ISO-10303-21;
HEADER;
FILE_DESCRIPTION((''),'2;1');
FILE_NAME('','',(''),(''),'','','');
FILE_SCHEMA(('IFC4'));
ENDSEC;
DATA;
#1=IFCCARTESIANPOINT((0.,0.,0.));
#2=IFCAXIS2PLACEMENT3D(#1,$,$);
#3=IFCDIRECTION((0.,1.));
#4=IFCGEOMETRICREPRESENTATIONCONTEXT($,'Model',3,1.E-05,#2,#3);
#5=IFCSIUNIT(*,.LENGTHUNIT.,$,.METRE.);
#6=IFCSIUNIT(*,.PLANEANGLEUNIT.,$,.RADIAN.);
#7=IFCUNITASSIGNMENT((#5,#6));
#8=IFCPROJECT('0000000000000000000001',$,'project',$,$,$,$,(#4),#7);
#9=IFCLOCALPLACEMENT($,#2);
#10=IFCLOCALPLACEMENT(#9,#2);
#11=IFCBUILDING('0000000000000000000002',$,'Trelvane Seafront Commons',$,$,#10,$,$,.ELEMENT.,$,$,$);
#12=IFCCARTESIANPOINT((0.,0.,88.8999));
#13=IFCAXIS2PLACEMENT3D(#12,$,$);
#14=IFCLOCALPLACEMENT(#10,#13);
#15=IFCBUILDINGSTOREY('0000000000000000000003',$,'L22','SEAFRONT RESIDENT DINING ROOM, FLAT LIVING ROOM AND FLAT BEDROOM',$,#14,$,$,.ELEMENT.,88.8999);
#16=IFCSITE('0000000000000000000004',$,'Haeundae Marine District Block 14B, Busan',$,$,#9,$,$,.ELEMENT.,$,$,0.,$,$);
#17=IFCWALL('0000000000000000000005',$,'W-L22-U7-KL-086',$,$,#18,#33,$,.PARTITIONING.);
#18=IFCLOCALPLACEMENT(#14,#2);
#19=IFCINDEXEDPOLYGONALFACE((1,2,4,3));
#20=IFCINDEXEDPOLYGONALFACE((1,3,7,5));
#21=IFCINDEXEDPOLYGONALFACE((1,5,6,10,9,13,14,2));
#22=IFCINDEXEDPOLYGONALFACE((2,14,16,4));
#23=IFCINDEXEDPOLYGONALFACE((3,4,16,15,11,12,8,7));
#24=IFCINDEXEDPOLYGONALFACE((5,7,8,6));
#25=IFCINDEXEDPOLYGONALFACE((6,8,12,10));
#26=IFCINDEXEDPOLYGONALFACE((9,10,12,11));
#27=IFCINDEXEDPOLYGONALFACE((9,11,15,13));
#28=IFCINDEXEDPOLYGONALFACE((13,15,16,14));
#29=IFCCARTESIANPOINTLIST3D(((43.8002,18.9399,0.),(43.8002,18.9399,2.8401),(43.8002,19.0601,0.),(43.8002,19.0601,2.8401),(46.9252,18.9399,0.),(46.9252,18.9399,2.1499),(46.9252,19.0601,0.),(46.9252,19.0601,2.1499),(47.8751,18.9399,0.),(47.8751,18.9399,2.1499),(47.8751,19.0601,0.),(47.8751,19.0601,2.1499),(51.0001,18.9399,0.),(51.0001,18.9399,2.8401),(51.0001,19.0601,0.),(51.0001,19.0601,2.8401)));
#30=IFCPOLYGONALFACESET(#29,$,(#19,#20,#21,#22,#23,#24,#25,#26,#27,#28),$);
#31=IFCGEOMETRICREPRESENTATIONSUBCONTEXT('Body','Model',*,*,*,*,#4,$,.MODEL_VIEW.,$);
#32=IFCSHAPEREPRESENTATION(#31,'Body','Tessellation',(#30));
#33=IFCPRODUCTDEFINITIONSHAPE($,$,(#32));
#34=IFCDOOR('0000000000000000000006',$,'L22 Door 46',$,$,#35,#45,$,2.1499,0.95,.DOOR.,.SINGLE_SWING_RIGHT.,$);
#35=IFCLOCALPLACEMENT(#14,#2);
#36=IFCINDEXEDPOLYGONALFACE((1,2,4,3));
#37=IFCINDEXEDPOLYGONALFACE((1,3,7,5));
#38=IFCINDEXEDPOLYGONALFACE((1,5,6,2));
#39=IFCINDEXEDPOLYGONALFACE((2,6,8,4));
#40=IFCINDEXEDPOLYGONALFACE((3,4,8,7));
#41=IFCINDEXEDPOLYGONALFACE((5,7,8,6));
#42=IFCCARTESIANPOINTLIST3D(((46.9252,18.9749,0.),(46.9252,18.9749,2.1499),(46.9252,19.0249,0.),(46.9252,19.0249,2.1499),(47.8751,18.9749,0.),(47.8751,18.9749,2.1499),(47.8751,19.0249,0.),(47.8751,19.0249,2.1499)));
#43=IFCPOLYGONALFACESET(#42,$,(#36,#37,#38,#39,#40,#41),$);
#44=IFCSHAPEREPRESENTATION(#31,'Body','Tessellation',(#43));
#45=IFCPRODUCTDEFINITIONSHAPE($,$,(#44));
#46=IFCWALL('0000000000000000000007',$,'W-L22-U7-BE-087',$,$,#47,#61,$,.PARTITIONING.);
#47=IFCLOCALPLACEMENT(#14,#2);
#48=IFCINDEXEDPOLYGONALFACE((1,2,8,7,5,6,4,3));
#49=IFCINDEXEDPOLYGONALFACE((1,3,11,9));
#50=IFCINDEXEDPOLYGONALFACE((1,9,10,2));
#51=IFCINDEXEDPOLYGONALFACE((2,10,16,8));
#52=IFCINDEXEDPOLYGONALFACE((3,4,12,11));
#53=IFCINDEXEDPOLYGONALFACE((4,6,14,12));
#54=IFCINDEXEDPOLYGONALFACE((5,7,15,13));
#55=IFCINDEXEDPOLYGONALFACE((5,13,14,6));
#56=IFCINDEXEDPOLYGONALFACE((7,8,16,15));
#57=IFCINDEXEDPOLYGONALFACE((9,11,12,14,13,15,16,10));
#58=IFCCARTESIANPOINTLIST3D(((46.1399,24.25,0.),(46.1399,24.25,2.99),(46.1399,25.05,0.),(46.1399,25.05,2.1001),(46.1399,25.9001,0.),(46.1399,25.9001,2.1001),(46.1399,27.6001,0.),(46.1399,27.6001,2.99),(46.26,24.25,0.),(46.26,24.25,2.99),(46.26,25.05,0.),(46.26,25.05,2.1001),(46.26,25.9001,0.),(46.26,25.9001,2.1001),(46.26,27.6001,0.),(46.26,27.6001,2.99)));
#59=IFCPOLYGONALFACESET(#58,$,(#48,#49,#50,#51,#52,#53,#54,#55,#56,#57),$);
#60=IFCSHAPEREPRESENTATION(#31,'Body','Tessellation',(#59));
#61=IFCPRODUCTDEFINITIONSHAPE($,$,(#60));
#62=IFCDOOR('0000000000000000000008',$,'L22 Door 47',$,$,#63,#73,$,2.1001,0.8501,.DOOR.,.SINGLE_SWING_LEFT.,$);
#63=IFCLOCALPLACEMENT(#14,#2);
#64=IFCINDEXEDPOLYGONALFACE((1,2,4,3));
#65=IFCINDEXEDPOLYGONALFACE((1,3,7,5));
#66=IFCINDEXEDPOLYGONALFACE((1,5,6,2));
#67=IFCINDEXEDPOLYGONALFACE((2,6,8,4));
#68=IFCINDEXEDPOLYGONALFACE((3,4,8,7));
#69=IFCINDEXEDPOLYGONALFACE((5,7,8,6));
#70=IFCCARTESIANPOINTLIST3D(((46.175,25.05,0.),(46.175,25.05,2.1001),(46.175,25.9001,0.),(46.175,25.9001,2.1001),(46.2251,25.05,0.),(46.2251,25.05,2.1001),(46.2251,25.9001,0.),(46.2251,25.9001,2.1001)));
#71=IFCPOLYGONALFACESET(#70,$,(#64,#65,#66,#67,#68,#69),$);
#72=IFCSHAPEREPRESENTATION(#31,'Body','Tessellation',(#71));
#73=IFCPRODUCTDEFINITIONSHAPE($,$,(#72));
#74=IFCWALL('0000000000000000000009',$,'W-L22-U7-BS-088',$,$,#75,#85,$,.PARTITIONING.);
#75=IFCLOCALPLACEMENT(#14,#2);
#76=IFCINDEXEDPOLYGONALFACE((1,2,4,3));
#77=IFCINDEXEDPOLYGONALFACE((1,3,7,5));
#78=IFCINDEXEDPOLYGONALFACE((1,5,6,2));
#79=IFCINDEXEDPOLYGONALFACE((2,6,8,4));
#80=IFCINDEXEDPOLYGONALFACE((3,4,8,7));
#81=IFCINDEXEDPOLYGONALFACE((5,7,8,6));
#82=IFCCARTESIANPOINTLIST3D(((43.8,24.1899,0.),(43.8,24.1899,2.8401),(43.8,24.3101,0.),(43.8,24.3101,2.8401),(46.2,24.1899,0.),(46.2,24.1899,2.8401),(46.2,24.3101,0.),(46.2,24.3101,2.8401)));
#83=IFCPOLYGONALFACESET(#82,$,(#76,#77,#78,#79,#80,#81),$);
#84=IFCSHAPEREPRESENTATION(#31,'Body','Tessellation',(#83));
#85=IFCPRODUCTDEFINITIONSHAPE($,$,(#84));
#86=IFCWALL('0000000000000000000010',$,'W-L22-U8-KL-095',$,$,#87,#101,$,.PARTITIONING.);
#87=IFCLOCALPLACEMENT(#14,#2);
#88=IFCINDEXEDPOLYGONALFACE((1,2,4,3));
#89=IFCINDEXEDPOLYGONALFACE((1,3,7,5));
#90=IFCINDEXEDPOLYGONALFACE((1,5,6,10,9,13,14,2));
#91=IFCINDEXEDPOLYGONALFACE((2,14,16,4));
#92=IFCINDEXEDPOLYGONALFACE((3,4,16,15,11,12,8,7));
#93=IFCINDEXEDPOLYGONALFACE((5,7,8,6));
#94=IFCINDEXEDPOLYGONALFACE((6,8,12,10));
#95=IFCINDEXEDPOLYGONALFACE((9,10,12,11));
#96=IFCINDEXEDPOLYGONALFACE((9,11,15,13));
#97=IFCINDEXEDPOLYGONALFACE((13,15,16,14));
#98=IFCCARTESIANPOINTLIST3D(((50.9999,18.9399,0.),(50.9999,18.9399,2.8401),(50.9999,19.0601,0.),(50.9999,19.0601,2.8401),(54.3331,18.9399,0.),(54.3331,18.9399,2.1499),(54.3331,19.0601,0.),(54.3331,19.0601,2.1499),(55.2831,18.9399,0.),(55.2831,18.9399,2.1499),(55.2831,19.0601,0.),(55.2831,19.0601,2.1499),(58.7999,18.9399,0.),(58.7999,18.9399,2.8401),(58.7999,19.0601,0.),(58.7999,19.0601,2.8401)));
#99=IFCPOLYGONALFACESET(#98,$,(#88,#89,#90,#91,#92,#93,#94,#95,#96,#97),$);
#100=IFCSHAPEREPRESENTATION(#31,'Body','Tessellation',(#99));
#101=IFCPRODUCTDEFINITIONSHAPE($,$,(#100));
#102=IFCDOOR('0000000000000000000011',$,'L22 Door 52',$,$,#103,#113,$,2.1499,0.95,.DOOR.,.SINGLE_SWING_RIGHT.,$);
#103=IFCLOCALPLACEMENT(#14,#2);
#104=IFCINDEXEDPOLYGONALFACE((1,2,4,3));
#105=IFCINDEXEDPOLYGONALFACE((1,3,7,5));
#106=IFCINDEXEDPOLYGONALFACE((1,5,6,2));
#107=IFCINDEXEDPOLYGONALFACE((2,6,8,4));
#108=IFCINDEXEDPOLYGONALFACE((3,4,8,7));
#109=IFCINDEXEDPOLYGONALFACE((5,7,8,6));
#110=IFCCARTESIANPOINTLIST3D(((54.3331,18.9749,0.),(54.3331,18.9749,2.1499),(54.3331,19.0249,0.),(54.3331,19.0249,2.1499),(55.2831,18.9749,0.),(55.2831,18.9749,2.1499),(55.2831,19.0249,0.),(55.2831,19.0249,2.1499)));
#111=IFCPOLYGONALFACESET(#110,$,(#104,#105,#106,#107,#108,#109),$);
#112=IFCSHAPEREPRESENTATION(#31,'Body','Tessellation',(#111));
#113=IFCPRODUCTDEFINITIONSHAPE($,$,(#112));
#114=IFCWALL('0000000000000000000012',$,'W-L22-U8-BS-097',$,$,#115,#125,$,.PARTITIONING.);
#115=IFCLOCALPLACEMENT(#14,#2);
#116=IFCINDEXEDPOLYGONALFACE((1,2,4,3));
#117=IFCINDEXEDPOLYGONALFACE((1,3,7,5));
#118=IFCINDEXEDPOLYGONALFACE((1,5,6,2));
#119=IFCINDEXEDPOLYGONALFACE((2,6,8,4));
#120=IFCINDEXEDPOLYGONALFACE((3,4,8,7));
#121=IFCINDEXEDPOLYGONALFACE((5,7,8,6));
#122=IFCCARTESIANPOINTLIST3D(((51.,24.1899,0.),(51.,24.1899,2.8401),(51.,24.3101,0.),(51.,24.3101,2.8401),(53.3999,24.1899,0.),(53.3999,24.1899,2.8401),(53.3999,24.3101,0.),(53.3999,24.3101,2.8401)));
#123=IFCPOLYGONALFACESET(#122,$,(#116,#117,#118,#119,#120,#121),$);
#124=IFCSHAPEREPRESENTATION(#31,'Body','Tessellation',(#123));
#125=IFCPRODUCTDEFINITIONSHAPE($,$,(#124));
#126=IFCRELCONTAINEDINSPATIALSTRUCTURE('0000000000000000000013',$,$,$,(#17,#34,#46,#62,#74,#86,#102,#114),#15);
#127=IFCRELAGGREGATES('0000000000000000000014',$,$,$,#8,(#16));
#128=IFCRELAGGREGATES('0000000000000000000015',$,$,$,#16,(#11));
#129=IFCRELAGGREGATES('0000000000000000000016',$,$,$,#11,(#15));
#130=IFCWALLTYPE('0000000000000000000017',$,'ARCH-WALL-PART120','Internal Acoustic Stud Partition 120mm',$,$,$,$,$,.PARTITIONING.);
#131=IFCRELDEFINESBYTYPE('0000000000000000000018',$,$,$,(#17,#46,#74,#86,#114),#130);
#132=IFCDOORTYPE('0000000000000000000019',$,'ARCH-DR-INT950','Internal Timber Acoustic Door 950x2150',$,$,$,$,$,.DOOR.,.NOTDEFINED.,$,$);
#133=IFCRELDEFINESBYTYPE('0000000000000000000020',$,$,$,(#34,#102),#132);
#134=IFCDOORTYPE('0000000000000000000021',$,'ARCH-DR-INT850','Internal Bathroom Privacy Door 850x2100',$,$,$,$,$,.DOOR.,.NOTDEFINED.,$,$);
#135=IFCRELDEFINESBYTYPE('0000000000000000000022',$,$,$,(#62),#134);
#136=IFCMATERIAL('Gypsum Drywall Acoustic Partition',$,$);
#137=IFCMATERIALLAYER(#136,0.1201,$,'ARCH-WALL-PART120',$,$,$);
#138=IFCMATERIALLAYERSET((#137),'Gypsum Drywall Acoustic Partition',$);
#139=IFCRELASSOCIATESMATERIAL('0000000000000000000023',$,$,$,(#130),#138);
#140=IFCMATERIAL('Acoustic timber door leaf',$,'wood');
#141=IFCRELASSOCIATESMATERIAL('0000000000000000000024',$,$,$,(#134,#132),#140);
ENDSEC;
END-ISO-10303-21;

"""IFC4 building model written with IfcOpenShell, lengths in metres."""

from ifc_helpers import new_model, si_unit, direction, frame, frame_2d, origin, place, context, subcontext, project, spatial, rectangle, extrude, source, transform, mapped, material, layer, layer_set, type_object, element, fill, save


model = new_model("IFC4")

# Units and contexts
model_context = context("Model", 3, precision=1e-05, world=origin(), true_north=direction((0.0, 1.0)))
body_context = subcontext(model_context, "Body", "Model", "MODEL_VIEW")
ifc_project = project(units=[si_unit("LENGTHUNIT", "METRE"), si_unit("PLANEANGLEUNIT", "RADIAN")], contexts=[model_context])

# Site, building, storey
site_placement = place(None, origin())
site = spatial("IfcSite", under=ifc_project, at=site_placement, Name="Haeundae Marine District Block 14B, Busan", CompositionType="ELEMENT", RefElevation=0.0)
building_placement = place(site_placement, origin())
building = spatial("IfcBuilding", under=site, at=building_placement, Name="Trelvane Seafront Commons", CompositionType="ELEMENT")
storey_placement = place(building_placement, frame((0.0, 0.0, 88.8999)))
storey = spatial("IfcBuildingStorey", under=building, at=storey_placement, Name="L22", Description="SEAFRONT RESIDENT DINING ROOM, FLAT LIVING ROOM AND FLAT BEDROOM", CompositionType="ELEMENT", Elevation=88.8999)

# Walls, openings, doors
ifc_material_1 = material(Name="Gypsum Drywall Acoustic Partition")
ifc_layer = layer(ifc_material_1, 0.1201, Name="ARCH-WALL-PART120")
ifc_layer_set = layer_set([ifc_layer], Name="Gypsum Drywall Acoustic Partition")
wall_type = type_object("IfcWallType", Name="ARCH-WALL-PART120", Description="Internal Acoustic Stud Partition 120mm", PredefinedType="PARTITIONING", material=ifc_layer_set)
ifc_material_2 = material(Name="Acoustic timber door leaf", Category="wood")
door_type_1 = type_object("IfcDoorType", Name="ARCH-DR-INT850", Description="Internal Bathroom Privacy Door 850x2100", OperationType="NOTDEFINED", PredefinedType="DOOR", material=ifc_material_2)
shared_shape_1 = source(origin(), body_context, "Body", "SweptSolid", [
    extrude(rectangle(XDim=0.8501, YDim=2.1001, at=frame_2d((0.425, 1.05))), frame((0.0, 0.0249, 0.0), z_axis=(0.0, -1.0, 0.0), x_axis=(1.0, 0.0, 0.0)), (0.0, 0.0, 1.0), 0.05),
])
wall_1_placement = place(storey_placement, frame((43.8, 19.0, 0.0), z_axis=(0.0, 0.0, 1.0), x_axis=(1.0, 0.0, 0.0)))
wall_1 = element("IfcWall", 1, at=wall_1_placement, inside=storey, type_object=wall_type, Name="W-L22-U7-KL-086", PredefinedType="PARTITIONING", context=body_context, shape_type="SweptSolid", body=[
    extrude(rectangle(XDim=7.2, YDim=0.1201, at=frame_2d((3.6001, 0.0))), origin(), (0.0, 0.0, 1.0), 2.8401),
])
opening_1_placement = place(wall_1_placement, frame((3.125, 0.0, 0.0)))
opening_1 = element("IfcOpeningElement", 2, at=opening_1_placement, cuts=wall_1, PredefinedType="OPENING", context=body_context, shape_type="SweptSolid", body=[
    extrude(rectangle(XDim=0.95, YDim=2.1499, at=frame_2d((0.4751, 1.075))), frame((0.0, 0.0701, 0.0), z_axis=(0.0, -1.0, 0.0), x_axis=(1.0, 0.0, 0.0)), (0.0, 0.0, 1.0), 0.1401),
])
door_type_2 = type_object("IfcDoorType", Name="ARCH-DR-INT950", Description="Internal Timber Acoustic Door 950x2150", OperationType="NOTDEFINED", PredefinedType="DOOR", material=ifc_material_2)
shared_shape_2 = source(origin(), body_context, "Body", "SweptSolid", [
    extrude(rectangle(XDim=0.95, YDim=2.1499, at=frame_2d((0.4751, 1.075))), frame((0.0, 0.0249, 0.0), z_axis=(0.0, -1.0, 0.0), x_axis=(1.0, 0.0, 0.0)), (0.0, 0.0, 1.0), 0.05),
])
door_1_placement = place(opening_1_placement, origin())
door_1 = element("IfcDoor", 3, at=door_1_placement, inside=storey, type_object=door_type_2, Name="L22 Door 46", OperationType="SINGLE_SWING_RIGHT", OverallHeight=2.1499, OverallWidth=0.95, PredefinedType="DOOR", context=body_context, shape_type="MappedRepresentation", body=[
    mapped(shared_shape_2, transform((0.0, 0.0, 0.0), x_axis=(1.0, 0.0, 0.0), y_axis=(0.0, 1.0, 0.0), z_axis=(0.0, 0.0, 1.0), scale=1.0)),
])
fill(opening_1, door_1)
wall_2_placement = place(storey_placement, frame((46.2, 24.25, 0.0), z_axis=(0.0, 0.0, 1.0), x_axis=(0.0, 1.0, 0.0)))
wall_2 = element("IfcWall", 4, at=wall_2_placement, inside=storey, type_object=wall_type, Name="W-L22-U7-BE-087", PredefinedType="PARTITIONING", context=body_context, shape_type="SweptSolid", body=[
    extrude(rectangle(XDim=3.3501, YDim=0.1201, at=frame_2d((1.675, 0.0))), origin(), (0.0, 0.0, 1.0), 2.99),
])
opening_2_placement = place(wall_2_placement, frame((0.8, 0.0, 0.0)))
opening_2 = element("IfcOpeningElement", 5, at=opening_2_placement, cuts=wall_2, PredefinedType="OPENING", context=body_context, shape_type="SweptSolid", body=[
    extrude(rectangle(XDim=0.8501, YDim=2.1001, at=frame_2d((0.425, 1.05))), frame((0.0, 0.0701, 0.0), z_axis=(0.0, -1.0, 0.0), x_axis=(1.0, 0.0, 0.0)), (0.0, 0.0, 1.0), 0.1401),
])
door_2_placement = place(opening_2_placement, origin())
door_2 = element("IfcDoor", 6, at=door_2_placement, inside=storey, type_object=door_type_1, Name="L22 Door 47", OperationType="SINGLE_SWING_LEFT", OverallHeight=2.1001, OverallWidth=0.8501, PredefinedType="DOOR", context=body_context, shape_type="MappedRepresentation", body=[
    mapped(shared_shape_1, transform((0.0, 0.0, 0.0), x_axis=(1.0, 0.0, 0.0), y_axis=(0.0, 1.0, 0.0), z_axis=(0.0, 0.0, 1.0), scale=1.0)),
])
fill(opening_2, door_2)

# Wall
wall_3_placement = place(storey_placement, frame((43.8, 24.25, 0.0), z_axis=(0.0, 0.0, 1.0), x_axis=(1.0, 0.0, 0.0)))
element("IfcWall", 7, at=wall_3_placement, inside=storey, type_object=wall_type, Name="W-L22-U7-BS-088", PredefinedType="PARTITIONING", context=body_context, shape_type="SweptSolid", body=[
    extrude(rectangle(XDim=2.3999, YDim=0.1201, at=frame_2d((1.2, 0.0))), origin(), (0.0, 0.0, 1.0), 2.8401),
])

# Wall, opening, door
wall_4_placement = place(storey_placement, frame((51.0, 19.0, 0.0), z_axis=(0.0, 0.0, 1.0), x_axis=(1.0, 0.0, 0.0)))
wall_4 = element("IfcWall", 8, at=wall_4_placement, inside=storey, type_object=wall_type, Name="W-L22-U8-KL-095", PredefinedType="PARTITIONING", context=body_context, shape_type="SweptSolid", body=[
    extrude(rectangle(XDim=7.8, YDim=0.1201, at=frame_2d((3.8999, 0.0))), origin(), (0.0, 0.0, 1.0), 2.8401),
])
opening_3_placement = place(wall_4_placement, frame((3.333, 0.0, 0.0)))
opening_3 = element("IfcOpeningElement", 9, at=opening_3_placement, cuts=wall_4, PredefinedType="OPENING", context=body_context, shape_type="SweptSolid", body=[
    extrude(rectangle(XDim=0.95, YDim=2.1499, at=frame_2d((0.4751, 1.075))), frame((0.0, 0.0701, 0.0), z_axis=(0.0, -1.0, 0.0), x_axis=(1.0, 0.0, 0.0)), (0.0, 0.0, 1.0), 0.1401),
])
door_3_placement = place(opening_3_placement, origin())
door_3 = element("IfcDoor", 10, at=door_3_placement, inside=storey, type_object=door_type_2, Name="L22 Door 52", OperationType="SINGLE_SWING_RIGHT", OverallHeight=2.1499, OverallWidth=0.95, PredefinedType="DOOR", context=body_context, shape_type="MappedRepresentation", body=[
    mapped(shared_shape_2, transform((0.0, 0.0, 0.0), x_axis=(1.0, 0.0, 0.0), y_axis=(0.0, 1.0, 0.0), z_axis=(0.0, 0.0, 1.0), scale=1.0)),
])
fill(opening_3, door_3)

# Wall
wall_5_placement = place(storey_placement, frame((51.0, 24.25, 0.0), z_axis=(0.0, 0.0, 1.0), x_axis=(1.0, 0.0, 0.0)))
element("IfcWall", 11, at=wall_5_placement, inside=storey, type_object=wall_type, Name="W-L22-U8-BS-097", PredefinedType="PARTITIONING", context=body_context, shape_type="SweptSolid", body=[
    extrude(rectangle(XDim=2.3999, YDim=0.1201, at=frame_2d((1.2, 0.0))), origin(), (0.0, 0.0, 1.0), 2.8401),
])

save(model, "model.ifc")
